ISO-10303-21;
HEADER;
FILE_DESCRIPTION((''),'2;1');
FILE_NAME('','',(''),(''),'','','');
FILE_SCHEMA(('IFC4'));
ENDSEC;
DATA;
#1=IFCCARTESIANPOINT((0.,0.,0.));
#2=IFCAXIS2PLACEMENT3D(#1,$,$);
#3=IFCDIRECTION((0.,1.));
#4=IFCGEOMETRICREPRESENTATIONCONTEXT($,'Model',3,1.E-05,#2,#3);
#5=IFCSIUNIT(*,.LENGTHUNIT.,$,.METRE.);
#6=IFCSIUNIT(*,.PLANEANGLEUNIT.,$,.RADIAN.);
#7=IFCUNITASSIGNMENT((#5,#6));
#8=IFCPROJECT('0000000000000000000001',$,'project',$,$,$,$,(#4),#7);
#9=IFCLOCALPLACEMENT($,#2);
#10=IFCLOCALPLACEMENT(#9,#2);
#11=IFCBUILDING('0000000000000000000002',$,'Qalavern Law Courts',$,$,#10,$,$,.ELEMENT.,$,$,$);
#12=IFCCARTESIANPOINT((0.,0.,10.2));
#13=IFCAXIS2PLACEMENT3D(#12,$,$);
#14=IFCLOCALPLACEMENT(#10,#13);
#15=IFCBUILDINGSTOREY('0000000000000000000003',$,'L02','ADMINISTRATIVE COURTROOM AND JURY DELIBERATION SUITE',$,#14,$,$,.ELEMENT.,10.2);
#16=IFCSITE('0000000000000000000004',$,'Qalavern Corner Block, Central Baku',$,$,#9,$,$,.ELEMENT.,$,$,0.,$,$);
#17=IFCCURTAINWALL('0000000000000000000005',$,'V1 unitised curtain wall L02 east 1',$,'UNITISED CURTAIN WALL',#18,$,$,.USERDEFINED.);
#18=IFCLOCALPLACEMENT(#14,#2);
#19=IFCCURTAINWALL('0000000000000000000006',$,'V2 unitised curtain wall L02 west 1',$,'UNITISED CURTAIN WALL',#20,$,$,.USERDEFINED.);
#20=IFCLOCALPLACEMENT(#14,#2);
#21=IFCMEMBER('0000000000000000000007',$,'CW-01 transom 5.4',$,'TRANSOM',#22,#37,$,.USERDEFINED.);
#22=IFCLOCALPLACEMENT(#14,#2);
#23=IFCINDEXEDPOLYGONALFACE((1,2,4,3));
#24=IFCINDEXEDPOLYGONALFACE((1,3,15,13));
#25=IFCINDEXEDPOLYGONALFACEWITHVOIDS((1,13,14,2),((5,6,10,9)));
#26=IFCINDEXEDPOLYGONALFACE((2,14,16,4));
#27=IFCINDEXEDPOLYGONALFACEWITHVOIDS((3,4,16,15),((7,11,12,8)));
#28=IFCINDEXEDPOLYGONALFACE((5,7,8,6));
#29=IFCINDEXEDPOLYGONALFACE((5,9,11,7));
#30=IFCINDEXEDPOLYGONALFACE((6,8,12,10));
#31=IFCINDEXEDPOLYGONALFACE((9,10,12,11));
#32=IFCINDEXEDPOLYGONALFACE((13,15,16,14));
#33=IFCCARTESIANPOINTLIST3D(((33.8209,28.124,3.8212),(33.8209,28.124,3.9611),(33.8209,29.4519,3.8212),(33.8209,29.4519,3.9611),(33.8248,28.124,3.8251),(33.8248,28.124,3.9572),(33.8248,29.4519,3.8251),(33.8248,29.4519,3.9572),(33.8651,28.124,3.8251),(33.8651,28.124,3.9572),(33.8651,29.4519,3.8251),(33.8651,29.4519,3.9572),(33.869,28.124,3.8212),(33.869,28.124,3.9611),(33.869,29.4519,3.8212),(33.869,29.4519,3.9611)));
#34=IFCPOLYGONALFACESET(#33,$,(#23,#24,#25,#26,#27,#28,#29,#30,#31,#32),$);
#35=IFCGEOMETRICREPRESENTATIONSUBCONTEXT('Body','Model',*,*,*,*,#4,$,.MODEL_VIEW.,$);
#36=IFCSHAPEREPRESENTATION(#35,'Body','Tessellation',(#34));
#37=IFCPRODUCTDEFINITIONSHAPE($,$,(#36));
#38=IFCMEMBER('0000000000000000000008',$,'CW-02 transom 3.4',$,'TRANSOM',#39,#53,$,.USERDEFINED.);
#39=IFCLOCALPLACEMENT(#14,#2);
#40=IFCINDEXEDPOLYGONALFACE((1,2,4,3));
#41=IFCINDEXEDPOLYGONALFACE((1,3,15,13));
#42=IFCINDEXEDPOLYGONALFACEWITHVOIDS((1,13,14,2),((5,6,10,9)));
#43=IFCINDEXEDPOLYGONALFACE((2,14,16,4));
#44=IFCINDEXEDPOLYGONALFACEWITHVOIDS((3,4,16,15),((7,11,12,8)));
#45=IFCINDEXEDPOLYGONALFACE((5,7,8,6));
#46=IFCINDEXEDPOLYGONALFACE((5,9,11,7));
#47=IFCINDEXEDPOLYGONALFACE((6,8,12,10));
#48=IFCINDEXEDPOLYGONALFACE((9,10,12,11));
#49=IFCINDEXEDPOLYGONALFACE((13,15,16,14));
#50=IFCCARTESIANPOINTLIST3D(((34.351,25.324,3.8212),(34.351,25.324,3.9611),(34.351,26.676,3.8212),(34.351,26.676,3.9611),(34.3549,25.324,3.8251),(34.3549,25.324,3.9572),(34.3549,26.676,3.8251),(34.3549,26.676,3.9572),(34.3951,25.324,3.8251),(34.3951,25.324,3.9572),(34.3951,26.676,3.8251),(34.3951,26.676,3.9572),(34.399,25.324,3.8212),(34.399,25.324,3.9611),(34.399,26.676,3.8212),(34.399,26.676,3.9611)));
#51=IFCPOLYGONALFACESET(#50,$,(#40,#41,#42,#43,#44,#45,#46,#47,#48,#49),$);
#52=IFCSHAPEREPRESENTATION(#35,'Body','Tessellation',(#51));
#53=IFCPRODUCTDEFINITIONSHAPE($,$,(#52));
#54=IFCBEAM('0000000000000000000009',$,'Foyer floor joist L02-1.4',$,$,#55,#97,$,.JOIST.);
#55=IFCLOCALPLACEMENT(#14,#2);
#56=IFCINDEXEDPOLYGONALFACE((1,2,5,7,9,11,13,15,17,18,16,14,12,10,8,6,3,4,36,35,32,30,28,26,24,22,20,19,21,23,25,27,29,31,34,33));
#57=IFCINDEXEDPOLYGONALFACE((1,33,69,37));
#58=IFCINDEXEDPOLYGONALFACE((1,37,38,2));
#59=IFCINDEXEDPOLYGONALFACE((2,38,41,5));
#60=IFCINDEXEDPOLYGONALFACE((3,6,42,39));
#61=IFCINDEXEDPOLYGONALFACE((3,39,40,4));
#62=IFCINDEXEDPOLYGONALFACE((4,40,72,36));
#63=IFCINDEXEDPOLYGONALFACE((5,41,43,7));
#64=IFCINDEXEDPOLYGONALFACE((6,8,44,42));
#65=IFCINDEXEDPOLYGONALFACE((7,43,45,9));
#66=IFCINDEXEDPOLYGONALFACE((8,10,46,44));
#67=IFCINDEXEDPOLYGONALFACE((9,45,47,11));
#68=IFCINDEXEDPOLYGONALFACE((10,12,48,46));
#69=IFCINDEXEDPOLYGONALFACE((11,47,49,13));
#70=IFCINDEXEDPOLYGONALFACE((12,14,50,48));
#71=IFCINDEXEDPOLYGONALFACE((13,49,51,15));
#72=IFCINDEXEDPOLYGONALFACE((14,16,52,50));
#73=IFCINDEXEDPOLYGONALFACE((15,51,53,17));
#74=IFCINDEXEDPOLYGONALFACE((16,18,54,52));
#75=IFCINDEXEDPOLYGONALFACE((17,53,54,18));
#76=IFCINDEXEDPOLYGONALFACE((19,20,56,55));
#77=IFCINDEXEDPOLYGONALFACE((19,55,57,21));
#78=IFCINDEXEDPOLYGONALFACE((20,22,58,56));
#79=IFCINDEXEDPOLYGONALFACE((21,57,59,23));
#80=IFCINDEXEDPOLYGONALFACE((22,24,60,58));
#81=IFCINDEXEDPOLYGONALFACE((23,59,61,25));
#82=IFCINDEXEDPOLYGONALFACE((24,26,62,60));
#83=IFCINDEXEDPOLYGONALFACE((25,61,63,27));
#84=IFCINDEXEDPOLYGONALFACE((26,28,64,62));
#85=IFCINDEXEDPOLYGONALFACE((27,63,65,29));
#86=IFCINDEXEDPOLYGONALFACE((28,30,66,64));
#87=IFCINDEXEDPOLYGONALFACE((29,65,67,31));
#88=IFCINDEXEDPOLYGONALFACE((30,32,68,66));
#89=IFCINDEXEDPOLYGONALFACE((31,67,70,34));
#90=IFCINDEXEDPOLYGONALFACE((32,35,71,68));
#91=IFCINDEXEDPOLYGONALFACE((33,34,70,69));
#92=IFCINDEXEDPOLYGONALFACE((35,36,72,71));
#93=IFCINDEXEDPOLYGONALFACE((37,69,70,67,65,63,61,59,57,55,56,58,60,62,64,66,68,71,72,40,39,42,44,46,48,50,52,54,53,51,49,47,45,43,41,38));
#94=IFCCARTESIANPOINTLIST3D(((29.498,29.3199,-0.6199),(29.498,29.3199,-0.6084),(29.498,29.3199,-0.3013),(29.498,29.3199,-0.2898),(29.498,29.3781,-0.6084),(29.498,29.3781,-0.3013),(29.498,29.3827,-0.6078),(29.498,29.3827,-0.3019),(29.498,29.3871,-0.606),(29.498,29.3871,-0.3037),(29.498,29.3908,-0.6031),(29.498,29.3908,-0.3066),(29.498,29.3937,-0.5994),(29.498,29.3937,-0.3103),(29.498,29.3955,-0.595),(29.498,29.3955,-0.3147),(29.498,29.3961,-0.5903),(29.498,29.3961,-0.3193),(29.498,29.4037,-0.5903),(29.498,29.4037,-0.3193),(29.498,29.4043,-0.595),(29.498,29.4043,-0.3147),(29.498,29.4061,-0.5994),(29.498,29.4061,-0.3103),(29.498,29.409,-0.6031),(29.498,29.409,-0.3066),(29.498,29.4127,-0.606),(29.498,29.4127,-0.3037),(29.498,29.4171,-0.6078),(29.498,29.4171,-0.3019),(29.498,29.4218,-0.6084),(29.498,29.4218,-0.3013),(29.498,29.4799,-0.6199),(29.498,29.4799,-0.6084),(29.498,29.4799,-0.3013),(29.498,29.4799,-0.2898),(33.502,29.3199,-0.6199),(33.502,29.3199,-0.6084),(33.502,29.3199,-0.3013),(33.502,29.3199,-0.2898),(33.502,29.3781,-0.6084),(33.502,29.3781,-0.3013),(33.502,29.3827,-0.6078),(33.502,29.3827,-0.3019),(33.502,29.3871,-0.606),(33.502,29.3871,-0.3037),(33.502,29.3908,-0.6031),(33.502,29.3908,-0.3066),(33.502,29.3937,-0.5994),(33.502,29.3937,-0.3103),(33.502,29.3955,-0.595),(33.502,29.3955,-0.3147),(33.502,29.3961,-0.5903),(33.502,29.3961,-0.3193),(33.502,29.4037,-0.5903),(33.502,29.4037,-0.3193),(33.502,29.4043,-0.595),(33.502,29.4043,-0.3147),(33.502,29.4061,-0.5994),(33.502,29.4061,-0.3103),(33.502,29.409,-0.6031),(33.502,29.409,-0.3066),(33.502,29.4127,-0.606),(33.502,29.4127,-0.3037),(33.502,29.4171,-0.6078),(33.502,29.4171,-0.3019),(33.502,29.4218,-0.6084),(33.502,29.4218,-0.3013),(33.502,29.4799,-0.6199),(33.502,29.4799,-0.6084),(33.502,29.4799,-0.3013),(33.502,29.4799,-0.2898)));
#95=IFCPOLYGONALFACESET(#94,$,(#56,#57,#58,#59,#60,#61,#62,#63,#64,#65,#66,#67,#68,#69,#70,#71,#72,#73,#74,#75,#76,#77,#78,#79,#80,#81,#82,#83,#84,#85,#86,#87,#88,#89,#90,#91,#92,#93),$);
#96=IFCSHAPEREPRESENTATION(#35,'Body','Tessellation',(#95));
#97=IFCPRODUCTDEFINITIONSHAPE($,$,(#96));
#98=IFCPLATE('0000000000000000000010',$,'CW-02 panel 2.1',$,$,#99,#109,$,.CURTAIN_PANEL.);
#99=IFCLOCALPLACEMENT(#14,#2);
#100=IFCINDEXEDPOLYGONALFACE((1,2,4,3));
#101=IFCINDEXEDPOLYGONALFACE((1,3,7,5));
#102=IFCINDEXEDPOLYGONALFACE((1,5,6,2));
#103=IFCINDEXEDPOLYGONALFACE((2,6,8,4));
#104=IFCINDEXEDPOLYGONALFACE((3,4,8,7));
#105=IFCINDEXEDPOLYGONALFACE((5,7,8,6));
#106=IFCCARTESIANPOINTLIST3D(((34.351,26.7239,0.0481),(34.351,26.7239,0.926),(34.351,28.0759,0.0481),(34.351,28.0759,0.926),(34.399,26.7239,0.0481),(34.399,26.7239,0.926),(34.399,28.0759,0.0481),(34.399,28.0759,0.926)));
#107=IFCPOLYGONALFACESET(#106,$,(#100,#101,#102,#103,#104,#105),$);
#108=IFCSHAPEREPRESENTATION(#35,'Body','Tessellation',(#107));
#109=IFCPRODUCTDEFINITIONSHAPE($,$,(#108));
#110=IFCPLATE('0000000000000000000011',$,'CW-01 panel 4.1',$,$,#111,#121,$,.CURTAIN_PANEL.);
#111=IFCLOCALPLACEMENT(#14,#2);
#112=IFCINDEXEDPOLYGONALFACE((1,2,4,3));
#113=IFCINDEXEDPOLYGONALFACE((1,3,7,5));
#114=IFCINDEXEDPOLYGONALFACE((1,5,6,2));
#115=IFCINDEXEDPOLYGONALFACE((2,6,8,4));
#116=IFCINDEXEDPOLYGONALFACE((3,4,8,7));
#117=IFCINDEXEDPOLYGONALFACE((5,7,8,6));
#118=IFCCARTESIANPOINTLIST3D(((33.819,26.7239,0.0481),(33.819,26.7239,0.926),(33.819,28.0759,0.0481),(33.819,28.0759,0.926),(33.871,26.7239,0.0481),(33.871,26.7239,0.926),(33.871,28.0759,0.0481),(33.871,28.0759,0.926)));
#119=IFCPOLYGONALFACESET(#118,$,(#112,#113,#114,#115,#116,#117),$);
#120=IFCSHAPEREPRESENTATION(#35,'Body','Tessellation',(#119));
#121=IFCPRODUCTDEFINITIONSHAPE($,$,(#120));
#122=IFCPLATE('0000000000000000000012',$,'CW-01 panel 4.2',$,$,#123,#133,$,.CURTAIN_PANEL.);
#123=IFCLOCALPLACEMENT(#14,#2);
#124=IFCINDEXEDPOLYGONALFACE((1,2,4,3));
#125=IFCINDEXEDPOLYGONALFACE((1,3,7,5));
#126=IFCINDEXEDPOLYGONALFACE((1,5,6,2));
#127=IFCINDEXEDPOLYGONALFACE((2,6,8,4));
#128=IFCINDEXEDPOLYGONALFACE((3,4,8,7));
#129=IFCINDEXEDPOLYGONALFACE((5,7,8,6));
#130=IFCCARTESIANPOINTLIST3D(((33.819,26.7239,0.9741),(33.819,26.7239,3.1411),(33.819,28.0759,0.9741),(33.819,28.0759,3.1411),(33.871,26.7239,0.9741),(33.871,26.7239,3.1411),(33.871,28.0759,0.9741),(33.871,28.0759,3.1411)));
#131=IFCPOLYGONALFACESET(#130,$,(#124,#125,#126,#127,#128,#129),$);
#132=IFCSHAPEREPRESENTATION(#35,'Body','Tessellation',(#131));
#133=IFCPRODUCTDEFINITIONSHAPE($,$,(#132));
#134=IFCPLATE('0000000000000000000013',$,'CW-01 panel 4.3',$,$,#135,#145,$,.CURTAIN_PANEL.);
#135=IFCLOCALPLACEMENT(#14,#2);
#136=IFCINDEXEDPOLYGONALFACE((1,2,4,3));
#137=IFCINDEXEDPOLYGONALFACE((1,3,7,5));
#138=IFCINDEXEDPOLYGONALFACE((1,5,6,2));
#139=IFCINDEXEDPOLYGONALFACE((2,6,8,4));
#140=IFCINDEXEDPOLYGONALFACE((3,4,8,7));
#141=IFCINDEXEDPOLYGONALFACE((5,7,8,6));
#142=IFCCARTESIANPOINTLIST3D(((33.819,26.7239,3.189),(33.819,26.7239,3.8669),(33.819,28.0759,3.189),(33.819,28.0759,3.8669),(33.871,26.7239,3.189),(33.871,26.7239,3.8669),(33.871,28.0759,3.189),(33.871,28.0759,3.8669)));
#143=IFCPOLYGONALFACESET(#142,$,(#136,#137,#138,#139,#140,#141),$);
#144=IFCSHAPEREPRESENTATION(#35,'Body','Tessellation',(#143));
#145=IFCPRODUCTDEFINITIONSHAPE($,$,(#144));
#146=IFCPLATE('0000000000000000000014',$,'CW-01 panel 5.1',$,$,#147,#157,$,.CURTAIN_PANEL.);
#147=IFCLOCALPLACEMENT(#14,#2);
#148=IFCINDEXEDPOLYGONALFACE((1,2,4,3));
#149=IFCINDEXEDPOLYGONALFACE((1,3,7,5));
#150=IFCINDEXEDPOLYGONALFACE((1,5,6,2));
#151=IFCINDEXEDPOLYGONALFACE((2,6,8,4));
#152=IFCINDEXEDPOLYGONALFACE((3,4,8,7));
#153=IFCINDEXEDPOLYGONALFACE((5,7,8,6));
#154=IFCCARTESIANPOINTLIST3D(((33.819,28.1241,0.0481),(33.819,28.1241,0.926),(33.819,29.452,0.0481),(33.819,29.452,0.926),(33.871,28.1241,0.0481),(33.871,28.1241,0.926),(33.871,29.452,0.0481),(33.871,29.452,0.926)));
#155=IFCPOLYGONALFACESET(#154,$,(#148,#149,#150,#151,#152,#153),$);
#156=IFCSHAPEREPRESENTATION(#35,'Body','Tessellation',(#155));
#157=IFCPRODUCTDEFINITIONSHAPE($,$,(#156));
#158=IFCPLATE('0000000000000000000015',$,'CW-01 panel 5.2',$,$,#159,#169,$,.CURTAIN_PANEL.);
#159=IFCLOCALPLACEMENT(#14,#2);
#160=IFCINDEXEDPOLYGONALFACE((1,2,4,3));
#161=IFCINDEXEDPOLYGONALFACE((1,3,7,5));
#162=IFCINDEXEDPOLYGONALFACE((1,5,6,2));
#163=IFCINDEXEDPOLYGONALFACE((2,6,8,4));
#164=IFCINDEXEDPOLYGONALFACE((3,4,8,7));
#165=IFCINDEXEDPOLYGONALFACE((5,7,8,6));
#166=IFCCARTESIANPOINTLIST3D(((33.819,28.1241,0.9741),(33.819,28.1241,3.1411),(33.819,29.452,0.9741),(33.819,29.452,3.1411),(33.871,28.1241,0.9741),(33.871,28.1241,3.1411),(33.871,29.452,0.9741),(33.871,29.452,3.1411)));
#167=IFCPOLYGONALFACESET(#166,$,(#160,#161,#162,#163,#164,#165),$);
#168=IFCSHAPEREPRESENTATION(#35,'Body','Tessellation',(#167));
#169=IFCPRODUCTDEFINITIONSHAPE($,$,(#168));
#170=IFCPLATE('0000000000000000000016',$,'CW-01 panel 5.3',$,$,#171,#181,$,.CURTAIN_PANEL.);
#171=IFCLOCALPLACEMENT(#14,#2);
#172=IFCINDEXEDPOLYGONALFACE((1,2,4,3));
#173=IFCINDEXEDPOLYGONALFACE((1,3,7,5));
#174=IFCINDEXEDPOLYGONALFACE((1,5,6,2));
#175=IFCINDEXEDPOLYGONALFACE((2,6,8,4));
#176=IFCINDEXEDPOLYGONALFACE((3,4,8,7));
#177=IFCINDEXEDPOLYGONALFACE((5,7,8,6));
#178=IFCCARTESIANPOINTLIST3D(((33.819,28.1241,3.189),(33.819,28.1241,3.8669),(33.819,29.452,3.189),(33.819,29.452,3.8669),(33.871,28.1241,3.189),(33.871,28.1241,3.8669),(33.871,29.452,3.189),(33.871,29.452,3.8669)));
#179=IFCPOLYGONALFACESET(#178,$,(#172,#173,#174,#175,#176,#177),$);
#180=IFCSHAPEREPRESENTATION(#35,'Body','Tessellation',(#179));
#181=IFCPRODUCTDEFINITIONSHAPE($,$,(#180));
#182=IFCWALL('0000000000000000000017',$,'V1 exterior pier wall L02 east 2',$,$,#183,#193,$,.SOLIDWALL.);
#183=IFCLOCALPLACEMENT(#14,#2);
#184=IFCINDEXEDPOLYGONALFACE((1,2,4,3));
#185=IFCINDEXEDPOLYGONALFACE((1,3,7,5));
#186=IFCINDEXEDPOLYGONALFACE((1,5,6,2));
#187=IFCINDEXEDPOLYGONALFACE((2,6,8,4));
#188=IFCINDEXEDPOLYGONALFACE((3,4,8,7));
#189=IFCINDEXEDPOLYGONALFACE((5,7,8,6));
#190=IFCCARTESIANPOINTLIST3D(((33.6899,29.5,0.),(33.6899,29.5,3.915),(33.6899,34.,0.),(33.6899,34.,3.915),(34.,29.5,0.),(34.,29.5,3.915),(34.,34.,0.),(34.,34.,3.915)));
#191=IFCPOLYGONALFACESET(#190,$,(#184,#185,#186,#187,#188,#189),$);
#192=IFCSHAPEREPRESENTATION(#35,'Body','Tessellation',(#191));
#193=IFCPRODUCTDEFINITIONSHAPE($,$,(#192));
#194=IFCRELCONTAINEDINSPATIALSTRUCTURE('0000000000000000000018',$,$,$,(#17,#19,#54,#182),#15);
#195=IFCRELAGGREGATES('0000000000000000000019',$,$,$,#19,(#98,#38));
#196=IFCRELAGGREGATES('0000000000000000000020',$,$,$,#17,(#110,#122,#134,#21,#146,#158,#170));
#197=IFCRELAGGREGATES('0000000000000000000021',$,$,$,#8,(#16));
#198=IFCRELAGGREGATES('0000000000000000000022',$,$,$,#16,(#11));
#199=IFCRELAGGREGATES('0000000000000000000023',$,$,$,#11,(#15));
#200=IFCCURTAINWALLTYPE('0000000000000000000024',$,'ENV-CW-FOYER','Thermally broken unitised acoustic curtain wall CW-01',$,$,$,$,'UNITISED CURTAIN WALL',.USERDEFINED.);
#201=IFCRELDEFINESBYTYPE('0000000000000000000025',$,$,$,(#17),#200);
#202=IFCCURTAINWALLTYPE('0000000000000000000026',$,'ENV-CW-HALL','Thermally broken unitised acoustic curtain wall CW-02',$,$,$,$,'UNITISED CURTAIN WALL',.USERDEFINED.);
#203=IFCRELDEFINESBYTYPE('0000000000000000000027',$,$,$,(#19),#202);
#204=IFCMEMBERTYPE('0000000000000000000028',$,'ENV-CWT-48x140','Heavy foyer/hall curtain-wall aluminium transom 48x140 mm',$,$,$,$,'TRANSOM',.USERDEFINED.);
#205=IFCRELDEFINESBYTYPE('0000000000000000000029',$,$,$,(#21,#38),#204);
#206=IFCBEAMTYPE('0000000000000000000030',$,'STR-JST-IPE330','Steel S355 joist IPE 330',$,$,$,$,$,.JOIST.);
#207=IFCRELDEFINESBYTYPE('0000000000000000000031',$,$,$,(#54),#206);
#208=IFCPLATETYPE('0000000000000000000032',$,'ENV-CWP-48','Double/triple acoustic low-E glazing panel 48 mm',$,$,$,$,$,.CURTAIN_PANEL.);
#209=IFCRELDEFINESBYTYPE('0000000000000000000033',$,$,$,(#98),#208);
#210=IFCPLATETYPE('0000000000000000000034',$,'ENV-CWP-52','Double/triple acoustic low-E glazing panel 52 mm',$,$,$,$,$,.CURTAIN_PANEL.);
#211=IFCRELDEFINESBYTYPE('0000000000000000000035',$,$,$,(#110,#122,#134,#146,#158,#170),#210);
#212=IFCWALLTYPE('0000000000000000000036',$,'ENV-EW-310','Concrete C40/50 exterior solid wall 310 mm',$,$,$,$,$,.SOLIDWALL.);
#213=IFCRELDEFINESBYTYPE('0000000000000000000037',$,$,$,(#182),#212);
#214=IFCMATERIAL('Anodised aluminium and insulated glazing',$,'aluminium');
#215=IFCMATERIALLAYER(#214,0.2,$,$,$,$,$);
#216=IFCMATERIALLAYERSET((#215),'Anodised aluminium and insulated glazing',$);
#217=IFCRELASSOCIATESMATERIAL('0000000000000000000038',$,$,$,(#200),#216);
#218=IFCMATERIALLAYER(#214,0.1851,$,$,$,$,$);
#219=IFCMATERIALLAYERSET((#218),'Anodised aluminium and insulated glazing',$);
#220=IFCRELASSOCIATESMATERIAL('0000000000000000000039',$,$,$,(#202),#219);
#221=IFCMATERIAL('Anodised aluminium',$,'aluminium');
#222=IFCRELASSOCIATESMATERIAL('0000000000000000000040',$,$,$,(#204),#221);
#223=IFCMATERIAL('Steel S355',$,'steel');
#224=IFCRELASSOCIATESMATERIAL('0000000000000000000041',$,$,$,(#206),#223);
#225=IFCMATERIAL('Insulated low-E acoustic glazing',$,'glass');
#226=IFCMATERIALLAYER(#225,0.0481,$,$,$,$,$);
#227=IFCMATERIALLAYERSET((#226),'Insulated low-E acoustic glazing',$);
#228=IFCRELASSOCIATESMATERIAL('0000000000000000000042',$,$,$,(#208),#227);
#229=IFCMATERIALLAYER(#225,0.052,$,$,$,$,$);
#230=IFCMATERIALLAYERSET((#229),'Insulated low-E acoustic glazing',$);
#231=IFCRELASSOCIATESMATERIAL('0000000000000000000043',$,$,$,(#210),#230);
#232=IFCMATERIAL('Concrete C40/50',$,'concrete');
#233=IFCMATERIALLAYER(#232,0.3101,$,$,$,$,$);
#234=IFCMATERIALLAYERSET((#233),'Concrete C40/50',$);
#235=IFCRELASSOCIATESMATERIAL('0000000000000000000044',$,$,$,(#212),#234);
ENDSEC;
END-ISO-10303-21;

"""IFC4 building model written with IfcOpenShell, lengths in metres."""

from ifc_helpers import new_model, si_unit, direction, frame, frame_2d, origin, origin_2d, place, context, subcontext, project, spatial, rectangle, hollow_rectangle, i_section, extrude, material, layer, layer_set, material_profile, profile_set, type_object, element, aggregate, save


model = new_model("IFC4")

# Units and contexts
model_context = context("Model", 3, precision=1e-05, world=origin(), true_north=direction((0.0, 1.0)))
body_context = subcontext(model_context, "Body", "Model", "MODEL_VIEW")
ifc_project = project(units=[si_unit("LENGTHUNIT", "METRE"), si_unit("PLANEANGLEUNIT", "RADIAN")], contexts=[model_context])

# Site, building, storey
site_placement = place(None, origin())
site = spatial("IfcSite", under=ifc_project, at=site_placement, Name="Qalavern Corner Block, Central Baku", CompositionType="ELEMENT", RefElevation=0.0)
building_placement = place(site_placement, origin())
building = spatial("IfcBuilding", under=site, at=building_placement, Name="Qalavern Law Courts", CompositionType="ELEMENT")
storey_placement = place(building_placement, frame((0.0, 0.0, 10.2)))
storey = spatial("IfcBuildingStorey", under=building, at=storey_placement, Name="L02", Description="ADMINISTRATIVE COURTROOM AND JURY DELIBERATION SUITE", CompositionType="ELEMENT", Elevation=10.2)

# Curtain wall
ifc_material_1 = material(Name="Anodised aluminium and insulated glazing", Category="aluminium")
ifc_layer_1 = layer(ifc_material_1, 0.2)
ifc_layer_set_1 = layer_set([ifc_layer_1], Name="Anodised aluminium and insulated glazing")
curtain_wall_type_1 = type_object("IfcCurtainWallType", Name="ENV-CW-FOYER", Description="Thermally broken unitised acoustic curtain wall CW-01", ElementType="UNITISED CURTAIN WALL", PredefinedType="USERDEFINED", material=ifc_layer_set_1)
curtain_wall_1_placement = place(storey_placement, origin())
curtain_wall_1 = element("IfcCurtainWall", 1, at=curtain_wall_1_placement, inside=storey, type_object=curtain_wall_type_1, Name="V1 unitised curtain wall L02 east 1", ObjectType="UNITISED CURTAIN WALL", PredefinedType="USERDEFINED")
ifc_material_2 = material(Name="Anodised aluminium", Category="aluminium")

# Curtain wall
ifc_layer_2 = layer(ifc_material_1, 0.1851)
ifc_layer_set_2 = layer_set([ifc_layer_2], Name="Anodised aluminium and insulated glazing")
curtain_wall_type_2 = type_object("IfcCurtainWallType", Name="ENV-CW-HALL", Description="Thermally broken unitised acoustic curtain wall CW-02", ElementType="UNITISED CURTAIN WALL", PredefinedType="USERDEFINED", material=ifc_layer_set_2)
curtain_wall_2_placement = place(storey_placement, origin())
curtain_wall_2 = element("IfcCurtainWall", 2, at=curtain_wall_2_placement, inside=storey, type_object=curtain_wall_type_2, Name="V2 unitised curtain wall L02 west 1", ObjectType="UNITISED CURTAIN WALL", PredefinedType="USERDEFINED")

# Members
ifc_material_profile_1 = material_profile(ifc_material_2, hollow_rectangle(XDim=0.0481, YDim=0.1399, WallThickness=0.0039, at=origin_2d()), Name="ALU TRANSOM 48x140")
ifc_profile_set_1 = profile_set([ifc_material_profile_1], Name="Anodised aluminium")
member_type_1 = type_object("IfcMemberType", Name="ENV-CWT-48x140", Description="Heavy foyer/hall curtain-wall aluminium transom 48x140 mm", ElementType="TRANSOM", PredefinedType="USERDEFINED", material=ifc_profile_set_1)
member_1_placement = place(storey_placement, frame((33.845, 28.124, 3.8911), z_axis=(0.0, 1.0, 0.0), x_axis=(-1.0, 0.0, 0.0)))
member_1 = element("IfcMember", 3, at=member_1_placement, type_object=member_type_1, Name="CW-01 transom 5.4", ObjectType="TRANSOM", PredefinedType="USERDEFINED", context=body_context, shape_type="SweptSolid", body=[
    extrude(hollow_rectangle(XDim=0.0481, YDim=0.1399, WallThickness=0.0039, at=origin_2d()), origin(), (0.0, 0.0, 1.0), 1.3279),
])
member_2_placement = place(storey_placement, frame((34.375, 26.676, 3.8911), z_axis=(0.0, -1.0, 0.0), x_axis=(1.0, 0.0, 0.0)))
member_2 = element("IfcMember", 4, at=member_2_placement, type_object=member_type_1, Name="CW-02 transom 3.4", ObjectType="TRANSOM", PredefinedType="USERDEFINED", context=body_context, shape_type="SweptSolid", body=[
    extrude(hollow_rectangle(XDim=0.0481, YDim=0.1399, WallThickness=0.0039, at=origin_2d()), origin(), (0.0, 0.0, 1.0), 1.3521),
])

# Beam
ifc_material_3 = material(Name="Steel S355", Category="steel")
ifc_material_profile_2 = material_profile(ifc_material_3, i_section(OverallWidth=0.1599, OverallDepth=0.3301, WebThickness=0.0076, FlangeThickness=0.0115, FilletRadius=0.0181, at=origin_2d()), Name="IPE 330")
ifc_profile_set_2 = profile_set([ifc_material_profile_2], Name="Steel S355")
beam_type = type_object("IfcBeamType", Name="STR-JST-IPE330", Description="Steel S355 joist IPE 330", PredefinedType="JOIST", material=ifc_profile_set_2)
beam_placement = place(storey_placement, frame((29.498, 29.3999, -0.4548), z_axis=(1.0, 0.0, 0.0), x_axis=(0.0, 1.0, 0.0)))
element("IfcBeam", 5, at=beam_placement, inside=storey, type_object=beam_type, Name="Foyer floor joist L02-1.4", PredefinedType="JOIST", context=body_context, shape_type="SweptSolid", body=[
    extrude(i_section(OverallWidth=0.1599, OverallDepth=0.3301, WebThickness=0.0076, FlangeThickness=0.0115, FilletRadius=0.0181, at=origin_2d()), origin(), (0.0, 0.0, 1.0), 4.0039),
])

# Plates
ifc_material_4 = material(Name="Insulated low-E acoustic glazing", Category="glass")
ifc_layer_3 = layer(ifc_material_4, 0.0481)
ifc_layer_set_3 = layer_set([ifc_layer_3], Name="Insulated low-E acoustic glazing")
plate_type_1 = type_object("IfcPlateType", Name="ENV-CWP-48", Description="Double/triple acoustic low-E glazing panel 48 mm", PredefinedType="CURTAIN_PANEL", material=ifc_layer_set_3)
plate_1_placement = place(storey_placement, frame((34.375, 27.3999, 0.0481), z_axis=(0.0, 0.0, 1.0), x_axis=(0.0, -1.0, 0.0)))
plate_1 = element("IfcPlate", 6, at=plate_1_placement, type_object=plate_type_1, Name="CW-02 panel 2.1", PredefinedType="CURTAIN_PANEL", context=body_context, shape_type="SweptSolid", body=[
    extrude(rectangle(XDim=1.3521, YDim=0.0481, at=origin_2d()), origin(), (0.0, 0.0, 1.0), 0.8779),
])
aggregate(curtain_wall_2, [plate_1, member_2])
ifc_layer_4 = layer(ifc_material_4, 0.052)
ifc_layer_set_4 = layer_set([ifc_layer_4], Name="Insulated low-E acoustic glazing")
plate_type_2 = type_object("IfcPlateType", Name="ENV-CWP-52", Description="Double/triple acoustic low-E glazing panel 52 mm", PredefinedType="CURTAIN_PANEL", material=ifc_layer_set_4)
plate_2_placement = place(storey_placement, frame((33.845, 27.3999, 0.0481), z_axis=(0.0, 0.0, 1.0), x_axis=(0.0, 1.0, 0.0)))
plate_2 = element("IfcPlate", 7, at=plate_2_placement, type_object=plate_type_2, Name="CW-01 panel 4.1", PredefinedType="CURTAIN_PANEL", context=body_context, shape_type="SweptSolid", body=[
    extrude(rectangle(XDim=1.3521, YDim=0.052, at=origin_2d()), origin(), (0.0, 0.0, 1.0), 0.8779),
])
plate_3_placement = place(storey_placement, frame((33.845, 27.3999, 0.9741), z_axis=(0.0, 0.0, 1.0), x_axis=(0.0, 1.0, 0.0)))
plate_3 = element("IfcPlate", 8, at=plate_3_placement, type_object=plate_type_2, Name="CW-01 panel 4.2", PredefinedType="CURTAIN_PANEL", context=body_context, shape_type="SweptSolid", body=[
    extrude(rectangle(XDim=1.3521, YDim=0.052, at=origin_2d()), origin(), (0.0, 0.0, 1.0), 2.167),
])
plate_4_placement = place(storey_placement, frame((33.845, 27.3999, 3.189), z_axis=(0.0, 0.0, 1.0), x_axis=(0.0, 1.0, 0.0)))
plate_4 = element("IfcPlate", 9, at=plate_4_placement, type_object=plate_type_2, Name="CW-01 panel 4.3", PredefinedType="CURTAIN_PANEL", context=body_context, shape_type="SweptSolid", body=[
    extrude(rectangle(XDim=1.3521, YDim=0.052, at=origin_2d()), origin(), (0.0, 0.0, 1.0), 0.678),
])
plate_5_placement = place(storey_placement, frame((33.845, 28.7881, 0.0481), z_axis=(0.0, 0.0, 1.0), x_axis=(0.0, 1.0, 0.0)))
plate_5 = element("IfcPlate", 10, at=plate_5_placement, type_object=plate_type_2, Name="CW-01 panel 5.1", PredefinedType="CURTAIN_PANEL", context=body_context, shape_type="SweptSolid", body=[
    extrude(rectangle(XDim=1.3279, YDim=0.052, at=origin_2d()), origin(), (0.0, 0.0, 1.0), 0.8779),
])
plate_6_placement = place(storey_placement, frame((33.845, 28.7881, 0.9741), z_axis=(0.0, 0.0, 1.0), x_axis=(0.0, 1.0, 0.0)))
plate_6 = element("IfcPlate", 11, at=plate_6_placement, type_object=plate_type_2, Name="CW-01 panel 5.2", PredefinedType="CURTAIN_PANEL", context=body_context, shape_type="SweptSolid", body=[
    extrude(rectangle(XDim=1.3279, YDim=0.052, at=origin_2d()), origin(), (0.0, 0.0, 1.0), 2.167),
])
plate_7_placement = place(storey_placement, frame((33.845, 28.7881, 3.189), z_axis=(0.0, 0.0, 1.0), x_axis=(0.0, 1.0, 0.0)))
plate_7 = element("IfcPlate", 12, at=plate_7_placement, type_object=plate_type_2, Name="CW-01 panel 5.3", PredefinedType="CURTAIN_PANEL", context=body_context, shape_type="SweptSolid", body=[
    extrude(rectangle(XDim=1.3279, YDim=0.052, at=origin_2d()), origin(), (0.0, 0.0, 1.0), 0.678),
])
aggregate(curtain_wall_1, [plate_2, plate_3, plate_4, member_1, plate_5, plate_6, plate_7])

# Wall
ifc_material_5 = material(Name="Concrete C40/50", Category="concrete")
ifc_layer_5 = layer(ifc_material_5, 0.3101)
ifc_layer_set_5 = layer_set([ifc_layer_5], Name="Concrete C40/50")
wall_type = type_object("IfcWallType", Name="ENV-EW-310", Description="Concrete C40/50 exterior solid wall 310 mm", PredefinedType="SOLIDWALL", material=ifc_layer_set_5)
wall_placement = place(storey_placement, frame((33.845, 29.5, 0.0), z_axis=(0.0, 0.0, 1.0), x_axis=(0.0, 1.0, 0.0)))
element("IfcWall", 13, at=wall_placement, inside=storey, type_object=wall_type, Name="V1 exterior pier wall L02 east 2", PredefinedType="SOLIDWALL", context=body_context, shape_type="SweptSolid", body=[
    extrude(rectangle(XDim=4.5, YDim=0.3101, at=frame_2d((2.25, 0.0))), origin(), (0.0, 0.0, 1.0), 3.915),
])

save(model, "model.ifc")
